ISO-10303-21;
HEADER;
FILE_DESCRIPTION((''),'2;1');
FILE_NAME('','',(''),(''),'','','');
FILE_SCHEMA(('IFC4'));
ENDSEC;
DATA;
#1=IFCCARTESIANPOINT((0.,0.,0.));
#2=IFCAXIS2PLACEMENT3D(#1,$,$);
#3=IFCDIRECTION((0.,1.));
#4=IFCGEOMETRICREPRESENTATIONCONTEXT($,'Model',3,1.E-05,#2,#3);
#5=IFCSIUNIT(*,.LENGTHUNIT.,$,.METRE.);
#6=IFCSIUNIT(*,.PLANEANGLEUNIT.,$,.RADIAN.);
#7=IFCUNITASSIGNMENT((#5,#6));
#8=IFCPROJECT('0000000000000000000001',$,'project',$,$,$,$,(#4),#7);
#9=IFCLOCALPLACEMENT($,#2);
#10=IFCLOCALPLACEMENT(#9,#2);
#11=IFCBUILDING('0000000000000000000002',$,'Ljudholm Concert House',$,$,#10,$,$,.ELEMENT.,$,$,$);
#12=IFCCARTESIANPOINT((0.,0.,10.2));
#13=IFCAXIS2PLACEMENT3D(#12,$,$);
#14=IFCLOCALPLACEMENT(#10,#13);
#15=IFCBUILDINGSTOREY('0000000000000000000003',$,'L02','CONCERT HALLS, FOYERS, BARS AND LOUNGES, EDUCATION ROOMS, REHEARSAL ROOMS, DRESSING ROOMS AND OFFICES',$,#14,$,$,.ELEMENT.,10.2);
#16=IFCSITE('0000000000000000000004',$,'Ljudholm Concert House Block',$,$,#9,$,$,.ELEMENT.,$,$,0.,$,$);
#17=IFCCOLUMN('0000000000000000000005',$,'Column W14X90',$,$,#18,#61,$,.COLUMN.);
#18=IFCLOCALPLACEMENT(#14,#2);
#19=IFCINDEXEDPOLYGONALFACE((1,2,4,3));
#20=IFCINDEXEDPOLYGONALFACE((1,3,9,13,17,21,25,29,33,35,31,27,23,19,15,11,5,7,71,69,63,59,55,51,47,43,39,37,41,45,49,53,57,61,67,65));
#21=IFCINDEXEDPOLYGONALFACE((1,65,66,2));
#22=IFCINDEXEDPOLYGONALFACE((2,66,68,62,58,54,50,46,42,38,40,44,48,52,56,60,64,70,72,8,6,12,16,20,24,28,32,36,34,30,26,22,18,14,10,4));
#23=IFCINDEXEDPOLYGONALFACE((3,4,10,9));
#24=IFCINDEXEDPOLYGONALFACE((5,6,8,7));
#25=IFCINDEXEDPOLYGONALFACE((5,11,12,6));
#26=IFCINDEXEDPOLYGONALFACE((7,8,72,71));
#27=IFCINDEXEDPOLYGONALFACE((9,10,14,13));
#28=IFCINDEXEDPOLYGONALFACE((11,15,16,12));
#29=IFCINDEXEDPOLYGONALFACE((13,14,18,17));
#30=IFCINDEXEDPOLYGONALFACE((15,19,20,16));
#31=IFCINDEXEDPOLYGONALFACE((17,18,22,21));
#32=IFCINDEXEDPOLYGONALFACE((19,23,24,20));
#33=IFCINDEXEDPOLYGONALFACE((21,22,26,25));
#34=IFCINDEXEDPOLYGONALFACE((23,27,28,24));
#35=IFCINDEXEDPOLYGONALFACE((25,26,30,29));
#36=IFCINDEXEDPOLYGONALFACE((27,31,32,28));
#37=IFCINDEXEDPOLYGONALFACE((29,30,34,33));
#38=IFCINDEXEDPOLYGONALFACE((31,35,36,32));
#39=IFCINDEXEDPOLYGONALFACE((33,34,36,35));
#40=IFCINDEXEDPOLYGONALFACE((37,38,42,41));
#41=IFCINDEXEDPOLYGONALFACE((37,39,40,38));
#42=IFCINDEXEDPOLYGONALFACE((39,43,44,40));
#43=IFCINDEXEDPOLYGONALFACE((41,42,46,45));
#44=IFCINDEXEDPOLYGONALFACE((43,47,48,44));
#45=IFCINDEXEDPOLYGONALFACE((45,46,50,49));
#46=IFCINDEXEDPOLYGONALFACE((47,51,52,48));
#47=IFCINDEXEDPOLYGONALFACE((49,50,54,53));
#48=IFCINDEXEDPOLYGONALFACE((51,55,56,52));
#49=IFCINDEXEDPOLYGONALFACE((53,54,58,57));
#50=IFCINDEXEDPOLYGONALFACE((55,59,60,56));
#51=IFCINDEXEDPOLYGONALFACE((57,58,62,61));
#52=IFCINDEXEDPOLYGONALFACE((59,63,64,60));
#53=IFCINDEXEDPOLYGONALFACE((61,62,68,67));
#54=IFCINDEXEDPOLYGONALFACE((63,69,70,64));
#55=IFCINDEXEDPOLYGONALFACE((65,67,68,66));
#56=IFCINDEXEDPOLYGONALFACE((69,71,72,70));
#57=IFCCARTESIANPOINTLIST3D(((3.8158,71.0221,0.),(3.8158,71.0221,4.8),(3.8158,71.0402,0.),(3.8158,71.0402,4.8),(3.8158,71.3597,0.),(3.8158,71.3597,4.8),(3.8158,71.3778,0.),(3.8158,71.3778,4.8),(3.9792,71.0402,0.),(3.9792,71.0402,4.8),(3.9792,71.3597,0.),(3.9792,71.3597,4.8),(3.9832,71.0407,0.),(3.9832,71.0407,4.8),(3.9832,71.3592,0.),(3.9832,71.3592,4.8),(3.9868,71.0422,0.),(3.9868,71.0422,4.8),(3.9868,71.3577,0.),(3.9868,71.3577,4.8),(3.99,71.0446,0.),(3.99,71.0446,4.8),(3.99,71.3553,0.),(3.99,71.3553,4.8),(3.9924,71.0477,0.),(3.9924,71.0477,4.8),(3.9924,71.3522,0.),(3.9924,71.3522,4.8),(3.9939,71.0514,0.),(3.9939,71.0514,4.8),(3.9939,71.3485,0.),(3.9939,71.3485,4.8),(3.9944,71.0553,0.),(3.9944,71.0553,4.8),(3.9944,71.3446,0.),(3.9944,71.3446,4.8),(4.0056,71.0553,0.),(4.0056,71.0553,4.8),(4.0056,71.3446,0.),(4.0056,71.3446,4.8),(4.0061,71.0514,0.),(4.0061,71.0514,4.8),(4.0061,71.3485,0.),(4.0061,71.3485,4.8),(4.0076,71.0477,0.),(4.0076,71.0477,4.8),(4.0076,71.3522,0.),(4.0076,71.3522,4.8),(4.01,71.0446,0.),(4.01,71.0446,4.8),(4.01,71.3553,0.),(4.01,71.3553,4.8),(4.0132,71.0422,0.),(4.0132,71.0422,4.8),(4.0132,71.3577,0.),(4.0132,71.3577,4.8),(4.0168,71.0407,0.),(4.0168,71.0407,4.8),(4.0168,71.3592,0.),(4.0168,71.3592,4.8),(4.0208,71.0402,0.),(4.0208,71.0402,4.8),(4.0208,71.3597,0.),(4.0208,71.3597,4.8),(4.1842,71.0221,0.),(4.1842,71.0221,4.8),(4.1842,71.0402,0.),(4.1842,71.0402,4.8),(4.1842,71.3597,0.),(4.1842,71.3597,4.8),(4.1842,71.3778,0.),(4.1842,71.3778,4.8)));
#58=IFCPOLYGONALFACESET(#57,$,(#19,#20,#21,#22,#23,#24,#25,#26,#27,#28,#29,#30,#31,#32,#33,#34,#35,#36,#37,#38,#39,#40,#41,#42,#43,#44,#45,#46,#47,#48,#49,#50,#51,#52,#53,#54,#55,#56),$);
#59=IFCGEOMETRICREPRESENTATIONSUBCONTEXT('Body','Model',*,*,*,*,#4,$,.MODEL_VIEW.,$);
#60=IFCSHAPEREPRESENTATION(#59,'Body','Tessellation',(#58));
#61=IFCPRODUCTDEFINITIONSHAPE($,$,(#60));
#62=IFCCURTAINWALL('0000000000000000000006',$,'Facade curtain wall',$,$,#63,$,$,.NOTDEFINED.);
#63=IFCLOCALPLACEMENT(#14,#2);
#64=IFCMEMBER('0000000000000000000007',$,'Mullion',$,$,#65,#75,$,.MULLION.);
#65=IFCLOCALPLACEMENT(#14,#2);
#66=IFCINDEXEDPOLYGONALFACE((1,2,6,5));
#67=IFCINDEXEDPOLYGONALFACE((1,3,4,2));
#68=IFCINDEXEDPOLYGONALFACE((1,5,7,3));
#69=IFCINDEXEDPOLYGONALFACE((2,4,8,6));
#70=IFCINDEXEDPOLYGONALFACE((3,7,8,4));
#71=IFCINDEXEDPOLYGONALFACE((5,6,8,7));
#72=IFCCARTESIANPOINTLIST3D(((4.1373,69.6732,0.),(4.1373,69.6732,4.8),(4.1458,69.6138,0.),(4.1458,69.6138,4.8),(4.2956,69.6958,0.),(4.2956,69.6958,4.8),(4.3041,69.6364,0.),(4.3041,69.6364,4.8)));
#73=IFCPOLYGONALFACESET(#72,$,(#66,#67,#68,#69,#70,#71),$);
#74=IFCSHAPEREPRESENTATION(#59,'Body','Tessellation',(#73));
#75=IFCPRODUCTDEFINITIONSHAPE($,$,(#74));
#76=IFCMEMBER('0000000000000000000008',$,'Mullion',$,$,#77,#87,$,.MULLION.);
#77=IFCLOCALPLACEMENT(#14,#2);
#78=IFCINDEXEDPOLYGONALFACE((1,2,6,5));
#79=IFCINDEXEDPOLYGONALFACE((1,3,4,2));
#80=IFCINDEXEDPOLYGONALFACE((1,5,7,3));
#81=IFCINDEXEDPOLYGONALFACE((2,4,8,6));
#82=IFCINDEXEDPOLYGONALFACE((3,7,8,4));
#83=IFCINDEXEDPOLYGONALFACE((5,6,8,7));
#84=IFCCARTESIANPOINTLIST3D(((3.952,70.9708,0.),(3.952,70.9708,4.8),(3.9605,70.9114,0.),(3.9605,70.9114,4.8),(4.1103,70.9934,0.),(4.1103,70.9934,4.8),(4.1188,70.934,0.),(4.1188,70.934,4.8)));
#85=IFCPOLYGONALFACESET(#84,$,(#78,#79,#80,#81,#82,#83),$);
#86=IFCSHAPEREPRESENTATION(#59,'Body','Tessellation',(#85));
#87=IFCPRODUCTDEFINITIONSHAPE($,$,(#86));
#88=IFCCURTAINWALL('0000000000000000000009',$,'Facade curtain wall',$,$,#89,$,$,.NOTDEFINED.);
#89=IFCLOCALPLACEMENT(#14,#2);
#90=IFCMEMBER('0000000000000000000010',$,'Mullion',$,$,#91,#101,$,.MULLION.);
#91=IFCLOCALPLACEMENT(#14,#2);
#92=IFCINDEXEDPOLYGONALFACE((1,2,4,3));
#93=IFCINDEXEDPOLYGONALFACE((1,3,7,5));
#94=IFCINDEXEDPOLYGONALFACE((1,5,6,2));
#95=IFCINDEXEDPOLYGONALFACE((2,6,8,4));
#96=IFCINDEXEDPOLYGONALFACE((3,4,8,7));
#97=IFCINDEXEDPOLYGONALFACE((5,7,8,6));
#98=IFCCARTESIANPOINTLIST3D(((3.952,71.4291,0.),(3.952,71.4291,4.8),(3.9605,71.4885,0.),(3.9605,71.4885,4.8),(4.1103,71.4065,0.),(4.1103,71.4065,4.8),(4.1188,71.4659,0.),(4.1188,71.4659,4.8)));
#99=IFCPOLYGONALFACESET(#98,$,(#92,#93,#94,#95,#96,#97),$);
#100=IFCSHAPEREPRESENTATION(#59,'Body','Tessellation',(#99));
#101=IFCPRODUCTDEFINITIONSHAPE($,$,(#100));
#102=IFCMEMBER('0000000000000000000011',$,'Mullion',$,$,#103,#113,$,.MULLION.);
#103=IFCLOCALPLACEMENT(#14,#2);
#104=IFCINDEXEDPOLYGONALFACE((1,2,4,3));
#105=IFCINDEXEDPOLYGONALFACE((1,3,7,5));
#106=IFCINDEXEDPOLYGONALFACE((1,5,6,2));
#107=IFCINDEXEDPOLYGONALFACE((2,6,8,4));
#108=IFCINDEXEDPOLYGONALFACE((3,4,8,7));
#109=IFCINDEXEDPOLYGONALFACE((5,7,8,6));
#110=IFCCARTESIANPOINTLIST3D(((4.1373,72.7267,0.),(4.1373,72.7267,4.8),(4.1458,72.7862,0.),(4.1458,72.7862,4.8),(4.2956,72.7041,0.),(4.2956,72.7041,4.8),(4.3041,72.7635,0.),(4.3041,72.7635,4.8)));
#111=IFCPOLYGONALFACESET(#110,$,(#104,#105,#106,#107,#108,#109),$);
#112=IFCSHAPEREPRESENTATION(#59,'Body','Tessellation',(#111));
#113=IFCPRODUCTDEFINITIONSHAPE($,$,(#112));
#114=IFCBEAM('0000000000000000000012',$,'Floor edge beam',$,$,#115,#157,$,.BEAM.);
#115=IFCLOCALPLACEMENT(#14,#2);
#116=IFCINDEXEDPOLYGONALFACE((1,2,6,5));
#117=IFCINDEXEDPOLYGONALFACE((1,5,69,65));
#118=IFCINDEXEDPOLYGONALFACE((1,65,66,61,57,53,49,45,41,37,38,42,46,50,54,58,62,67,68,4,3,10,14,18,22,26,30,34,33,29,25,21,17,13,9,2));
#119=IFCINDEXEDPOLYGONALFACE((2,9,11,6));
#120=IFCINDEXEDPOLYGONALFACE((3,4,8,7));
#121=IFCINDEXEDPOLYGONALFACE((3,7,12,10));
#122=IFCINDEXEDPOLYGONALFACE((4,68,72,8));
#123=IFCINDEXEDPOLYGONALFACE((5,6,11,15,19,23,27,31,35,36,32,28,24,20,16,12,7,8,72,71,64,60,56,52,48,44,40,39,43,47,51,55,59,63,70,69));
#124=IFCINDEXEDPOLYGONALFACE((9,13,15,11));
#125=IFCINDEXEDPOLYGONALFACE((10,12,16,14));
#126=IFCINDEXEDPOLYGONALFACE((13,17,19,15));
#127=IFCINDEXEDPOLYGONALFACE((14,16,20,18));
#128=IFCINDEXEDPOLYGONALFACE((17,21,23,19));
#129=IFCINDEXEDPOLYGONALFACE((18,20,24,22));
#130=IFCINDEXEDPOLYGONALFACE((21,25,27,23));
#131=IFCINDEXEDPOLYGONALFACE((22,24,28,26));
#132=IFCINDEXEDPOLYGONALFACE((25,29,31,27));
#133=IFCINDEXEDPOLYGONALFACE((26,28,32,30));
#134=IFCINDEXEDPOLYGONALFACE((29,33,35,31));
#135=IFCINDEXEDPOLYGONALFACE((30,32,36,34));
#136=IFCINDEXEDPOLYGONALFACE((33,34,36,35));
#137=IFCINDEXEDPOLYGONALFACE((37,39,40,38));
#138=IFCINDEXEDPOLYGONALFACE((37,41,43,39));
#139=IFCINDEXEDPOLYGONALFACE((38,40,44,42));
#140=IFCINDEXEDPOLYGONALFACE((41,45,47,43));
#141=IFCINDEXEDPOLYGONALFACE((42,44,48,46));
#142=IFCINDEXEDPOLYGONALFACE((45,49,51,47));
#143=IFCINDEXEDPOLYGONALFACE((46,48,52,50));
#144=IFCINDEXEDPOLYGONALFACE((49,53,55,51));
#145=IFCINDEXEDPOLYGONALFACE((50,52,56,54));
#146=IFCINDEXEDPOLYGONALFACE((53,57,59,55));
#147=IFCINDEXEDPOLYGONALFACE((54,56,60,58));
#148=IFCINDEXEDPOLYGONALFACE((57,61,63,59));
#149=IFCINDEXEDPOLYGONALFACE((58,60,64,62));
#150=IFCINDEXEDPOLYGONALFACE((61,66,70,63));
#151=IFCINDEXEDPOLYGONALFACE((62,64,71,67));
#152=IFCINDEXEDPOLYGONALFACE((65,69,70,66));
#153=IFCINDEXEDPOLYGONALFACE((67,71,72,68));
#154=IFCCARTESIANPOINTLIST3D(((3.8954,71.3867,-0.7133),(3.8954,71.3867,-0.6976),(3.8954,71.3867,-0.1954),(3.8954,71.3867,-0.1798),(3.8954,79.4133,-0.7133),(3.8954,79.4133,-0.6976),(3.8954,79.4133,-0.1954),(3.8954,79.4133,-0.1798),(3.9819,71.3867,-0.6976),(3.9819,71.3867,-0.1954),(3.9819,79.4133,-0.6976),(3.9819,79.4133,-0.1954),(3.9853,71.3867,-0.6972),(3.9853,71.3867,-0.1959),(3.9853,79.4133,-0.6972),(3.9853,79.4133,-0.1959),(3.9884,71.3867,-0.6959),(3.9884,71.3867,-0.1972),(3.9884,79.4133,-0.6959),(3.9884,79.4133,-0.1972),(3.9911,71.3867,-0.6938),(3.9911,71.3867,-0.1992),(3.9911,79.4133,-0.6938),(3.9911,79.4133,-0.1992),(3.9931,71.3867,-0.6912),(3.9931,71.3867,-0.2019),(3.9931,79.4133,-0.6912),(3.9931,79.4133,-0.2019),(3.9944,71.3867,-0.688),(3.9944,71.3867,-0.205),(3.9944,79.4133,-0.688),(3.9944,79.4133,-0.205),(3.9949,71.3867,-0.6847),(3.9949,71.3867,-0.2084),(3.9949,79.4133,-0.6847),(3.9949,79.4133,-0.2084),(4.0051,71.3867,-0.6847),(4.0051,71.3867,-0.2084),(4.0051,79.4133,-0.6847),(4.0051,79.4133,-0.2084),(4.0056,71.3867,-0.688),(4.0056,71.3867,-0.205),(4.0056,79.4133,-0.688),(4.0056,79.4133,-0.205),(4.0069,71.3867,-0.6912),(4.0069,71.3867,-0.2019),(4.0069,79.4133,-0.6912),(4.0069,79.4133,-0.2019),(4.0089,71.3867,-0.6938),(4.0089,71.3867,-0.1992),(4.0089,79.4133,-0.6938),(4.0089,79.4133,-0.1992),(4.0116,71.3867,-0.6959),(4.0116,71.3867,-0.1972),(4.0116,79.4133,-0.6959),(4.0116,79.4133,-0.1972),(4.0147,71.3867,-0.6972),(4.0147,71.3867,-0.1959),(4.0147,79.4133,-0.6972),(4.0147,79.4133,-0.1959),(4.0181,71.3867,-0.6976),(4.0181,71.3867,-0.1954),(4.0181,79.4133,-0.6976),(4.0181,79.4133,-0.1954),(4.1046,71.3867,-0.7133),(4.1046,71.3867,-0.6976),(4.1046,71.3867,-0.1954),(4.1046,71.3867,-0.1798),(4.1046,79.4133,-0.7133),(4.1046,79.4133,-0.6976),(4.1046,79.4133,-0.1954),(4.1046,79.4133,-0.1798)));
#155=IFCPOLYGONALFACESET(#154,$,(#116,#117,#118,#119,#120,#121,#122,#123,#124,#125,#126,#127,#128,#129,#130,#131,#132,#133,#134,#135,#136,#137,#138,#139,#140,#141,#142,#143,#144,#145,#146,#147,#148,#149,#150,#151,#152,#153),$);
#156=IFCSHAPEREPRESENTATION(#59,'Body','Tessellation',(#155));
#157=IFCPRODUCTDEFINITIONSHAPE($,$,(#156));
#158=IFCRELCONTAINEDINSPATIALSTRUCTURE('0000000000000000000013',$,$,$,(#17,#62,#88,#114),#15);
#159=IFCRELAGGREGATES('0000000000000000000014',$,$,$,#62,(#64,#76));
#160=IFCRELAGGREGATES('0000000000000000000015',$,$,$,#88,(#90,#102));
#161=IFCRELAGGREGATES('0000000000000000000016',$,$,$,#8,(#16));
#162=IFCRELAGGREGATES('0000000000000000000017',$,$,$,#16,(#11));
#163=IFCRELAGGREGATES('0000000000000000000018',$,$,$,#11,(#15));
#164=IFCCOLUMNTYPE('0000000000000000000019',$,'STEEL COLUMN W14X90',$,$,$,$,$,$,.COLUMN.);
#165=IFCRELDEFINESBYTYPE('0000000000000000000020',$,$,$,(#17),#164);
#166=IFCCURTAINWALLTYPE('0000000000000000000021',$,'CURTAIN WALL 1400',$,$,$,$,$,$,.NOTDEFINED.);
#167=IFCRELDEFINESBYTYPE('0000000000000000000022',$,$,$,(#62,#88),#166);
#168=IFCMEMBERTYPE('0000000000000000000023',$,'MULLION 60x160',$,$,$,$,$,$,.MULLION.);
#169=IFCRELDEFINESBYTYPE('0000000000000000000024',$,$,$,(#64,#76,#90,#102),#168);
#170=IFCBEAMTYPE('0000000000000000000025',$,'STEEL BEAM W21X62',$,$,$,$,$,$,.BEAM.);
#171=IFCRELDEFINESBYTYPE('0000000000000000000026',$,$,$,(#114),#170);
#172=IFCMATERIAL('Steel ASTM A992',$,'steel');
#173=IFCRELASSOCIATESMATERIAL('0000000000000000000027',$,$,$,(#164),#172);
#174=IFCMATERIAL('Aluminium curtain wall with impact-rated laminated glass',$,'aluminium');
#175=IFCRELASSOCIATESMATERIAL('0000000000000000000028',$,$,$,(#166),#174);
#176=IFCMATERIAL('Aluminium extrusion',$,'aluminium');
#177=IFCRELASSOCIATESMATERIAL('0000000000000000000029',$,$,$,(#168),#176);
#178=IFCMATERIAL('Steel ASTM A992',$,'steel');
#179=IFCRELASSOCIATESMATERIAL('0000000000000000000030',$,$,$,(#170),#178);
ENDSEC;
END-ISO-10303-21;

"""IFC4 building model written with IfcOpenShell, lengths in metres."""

from ifc_helpers import new_model, si_unit, direction, frame, origin, origin_2d, place, context, subcontext, project, spatial, rectangle, i_section, extrude, material, material_profile, profile_set, type_object, element, aggregate, save


model = new_model("IFC4")

# Units and contexts
model_context = context("Model", 3, precision=1e-05, world=origin(), true_north=direction((0.0, 1.0)))
body_context = subcontext(model_context, "Body", "Model", "MODEL_VIEW")
ifc_project = project(units=[si_unit("LENGTHUNIT", "METRE"), si_unit("PLANEANGLEUNIT", "RADIAN")], contexts=[model_context])

# Site, building, storey
site_placement = place(None, origin())
site = spatial("IfcSite", under=ifc_project, at=site_placement, Name="Ljudholm Concert House Block", CompositionType="ELEMENT", RefElevation=0.0)
building_placement = place(site_placement, origin())
building = spatial("IfcBuilding", under=site, at=building_placement, Name="Ljudholm Concert House", CompositionType="ELEMENT")
storey_placement = place(building_placement, frame((0.0, 0.0, 10.2)))
storey = spatial("IfcBuildingStorey", under=building, at=storey_placement, Name="L02", Description="CONCERT HALLS, FOYERS, BARS AND LOUNGES, EDUCATION ROOMS, REHEARSAL ROOMS, DRESSING ROOMS AND OFFICES", CompositionType="ELEMENT", Elevation=10.2)

# Column
ifc_material_1 = material(Name="Steel ASTM A992", Category="steel")
ifc_material_profile_1 = material_profile(ifc_material_1, i_section(OverallWidth=0.3684, OverallDepth=0.3557, WebThickness=0.0112, FlangeThickness=0.0181, FilletRadius=0.0151, at=origin_2d()), Name="W14X90")
ifc_profile_set_1 = profile_set([ifc_material_profile_1], Name="Steel ASTM A992")
column_type = type_object("IfcColumnType", Name="STEEL COLUMN W14X90", PredefinedType="COLUMN", material=ifc_profile_set_1)
column_placement = place(storey_placement, frame((4.0, 71.2, 0.0), z_axis=(0.0, 0.0, 1.0), x_axis=(1.0, 0.0, 0.0)))
element("IfcColumn", 1, at=column_placement, inside=storey, type_object=column_type, Name="Column W14X90", PredefinedType="COLUMN", context=body_context, shape_type="SweptSolid", body=[
    extrude(i_section(OverallWidth=0.3684, OverallDepth=0.3557, WebThickness=0.0112, FlangeThickness=0.0181, FilletRadius=0.0151, at=origin_2d()), origin(), (0.0, 0.0, 1.0), 4.8),
])

# Curtain walls, members
ifc_material_2 = material(Name="Aluminium curtain wall with impact-rated laminated glass", Category="aluminium")
curtain_wall_type = type_object("IfcCurtainWallType", Name="CURTAIN WALL 1400", PredefinedType="NOTDEFINED", material=ifc_material_2)
curtain_wall_1_placement = place(storey_placement, origin())
curtain_wall_1 = element("IfcCurtainWall", 2, at=curtain_wall_1_placement, inside=storey, type_object=curtain_wall_type, Name="Facade curtain wall", PredefinedType="NOTDEFINED")
ifc_material_3 = material(Name="Aluminium extrusion", Category="aluminium")
ifc_material_profile_2 = material_profile(ifc_material_3, rectangle(XDim=0.1599, YDim=0.0601, at=origin_2d()), Name="MULLION 60x160")
ifc_profile_set_2 = profile_set([ifc_material_profile_2], Name="Aluminium extrusion")
member_type_1 = type_object("IfcMemberType", Name="MULLION 60x160", PredefinedType="MULLION", material=ifc_profile_set_2)
member_1_placement = place(storey_placement, frame((4.2207, 69.6548, 0.0), z_axis=(0.0, 0.0, 1.0), x_axis=(-0.989949, -0.141421, 0.0)))
member_1 = element("IfcMember", 3, at=member_1_placement, type_object=member_type_1, Name="Mullion", PredefinedType="MULLION", context=body_context, shape_type="SweptSolid", body=[
    extrude(rectangle(XDim=0.1599, YDim=0.0601, at=origin_2d()), origin(), (0.0, 0.0, 1.0), 4.8),
])
member_2_placement = place(storey_placement, frame((4.0354, 70.9524, 0.0), z_axis=(0.0, 0.0, 1.0), x_axis=(-0.989949, -0.141421, 0.0)))
member_2 = element("IfcMember", 4, at=member_2_placement, type_object=member_type_1, Name="Mullion", PredefinedType="MULLION", context=body_context, shape_type="SweptSolid", body=[
    extrude(rectangle(XDim=0.1599, YDim=0.0601, at=origin_2d()), origin(), (0.0, 0.0, 1.0), 4.8),
])
curtain_wall_2_placement = place(storey_placement, origin())
curtain_wall_2 = element("IfcCurtainWall", 5, at=curtain_wall_2_placement, inside=storey, type_object=curtain_wall_type, Name="Facade curtain wall", PredefinedType="NOTDEFINED")
member_3_placement = place(storey_placement, frame((4.0354, 71.4475, 0.0), z_axis=(0.0, 0.0, 1.0), x_axis=(-0.989949, 0.141421, 0.0)))
member_3 = element("IfcMember", 6, at=member_3_placement, type_object=member_type_1, Name="Mullion", PredefinedType="MULLION", context=body_context, shape_type="SweptSolid", body=[
    extrude(rectangle(XDim=0.1599, YDim=0.0601, at=origin_2d()), origin(), (0.0, 0.0, 1.0), 4.8),
])
member_4_placement = place(storey_placement, frame((4.2207, 72.7451, 0.0), z_axis=(0.0, 0.0, 1.0), x_axis=(-0.989949, 0.141421, 0.0)))
member_4 = element("IfcMember", 7, at=member_4_placement, type_object=member_type_1, Name="Mullion", PredefinedType="MULLION", context=body_context, shape_type="SweptSolid", body=[
    extrude(rectangle(XDim=0.1599, YDim=0.0601, at=origin_2d()), origin(), (0.0, 0.0, 1.0), 4.8),
])

# Beam
ifc_material_4 = material(Name="Steel ASTM A992", Category="steel")
ifc_material_profile_3 = material_profile(ifc_material_4, i_section(OverallWidth=0.2092, OverallDepth=0.5334, WebThickness=0.0103, FlangeThickness=0.0156, FilletRadius=0.0129, at=origin_2d()), Name="W21X62")
ifc_profile_set_3 = profile_set([ifc_material_profile_3], Name="Steel ASTM A992")
beam_type_1 = type_object("IfcBeamType", Name="STEEL BEAM W21X62", PredefinedType="BEAM", material=ifc_profile_set_3)
beam_1_placement = place(storey_placement, frame((4.0, 71.3867, -0.4465), z_axis=(0.0, 1.0, 0.0), x_axis=(-1.0, 0.0, 0.0)))
element("IfcBeam", 8, at=beam_1_placement, inside=storey, type_object=beam_type_1, Name="Floor edge beam", PredefinedType="BEAM", context=body_context, shape_type="SweptSolid", body=[
    extrude(i_section(OverallWidth=0.2092, OverallDepth=0.5334, WebThickness=0.0103, FlangeThickness=0.0156, FilletRadius=0.0129, at=origin_2d()), origin(), (0.0, 0.0, 1.0), 8.0266),
])

aggregate(curtain_wall_1, [member_1, member_2])
aggregate(curtain_wall_2, [member_3, member_4])

save(model, "model.ifc")
